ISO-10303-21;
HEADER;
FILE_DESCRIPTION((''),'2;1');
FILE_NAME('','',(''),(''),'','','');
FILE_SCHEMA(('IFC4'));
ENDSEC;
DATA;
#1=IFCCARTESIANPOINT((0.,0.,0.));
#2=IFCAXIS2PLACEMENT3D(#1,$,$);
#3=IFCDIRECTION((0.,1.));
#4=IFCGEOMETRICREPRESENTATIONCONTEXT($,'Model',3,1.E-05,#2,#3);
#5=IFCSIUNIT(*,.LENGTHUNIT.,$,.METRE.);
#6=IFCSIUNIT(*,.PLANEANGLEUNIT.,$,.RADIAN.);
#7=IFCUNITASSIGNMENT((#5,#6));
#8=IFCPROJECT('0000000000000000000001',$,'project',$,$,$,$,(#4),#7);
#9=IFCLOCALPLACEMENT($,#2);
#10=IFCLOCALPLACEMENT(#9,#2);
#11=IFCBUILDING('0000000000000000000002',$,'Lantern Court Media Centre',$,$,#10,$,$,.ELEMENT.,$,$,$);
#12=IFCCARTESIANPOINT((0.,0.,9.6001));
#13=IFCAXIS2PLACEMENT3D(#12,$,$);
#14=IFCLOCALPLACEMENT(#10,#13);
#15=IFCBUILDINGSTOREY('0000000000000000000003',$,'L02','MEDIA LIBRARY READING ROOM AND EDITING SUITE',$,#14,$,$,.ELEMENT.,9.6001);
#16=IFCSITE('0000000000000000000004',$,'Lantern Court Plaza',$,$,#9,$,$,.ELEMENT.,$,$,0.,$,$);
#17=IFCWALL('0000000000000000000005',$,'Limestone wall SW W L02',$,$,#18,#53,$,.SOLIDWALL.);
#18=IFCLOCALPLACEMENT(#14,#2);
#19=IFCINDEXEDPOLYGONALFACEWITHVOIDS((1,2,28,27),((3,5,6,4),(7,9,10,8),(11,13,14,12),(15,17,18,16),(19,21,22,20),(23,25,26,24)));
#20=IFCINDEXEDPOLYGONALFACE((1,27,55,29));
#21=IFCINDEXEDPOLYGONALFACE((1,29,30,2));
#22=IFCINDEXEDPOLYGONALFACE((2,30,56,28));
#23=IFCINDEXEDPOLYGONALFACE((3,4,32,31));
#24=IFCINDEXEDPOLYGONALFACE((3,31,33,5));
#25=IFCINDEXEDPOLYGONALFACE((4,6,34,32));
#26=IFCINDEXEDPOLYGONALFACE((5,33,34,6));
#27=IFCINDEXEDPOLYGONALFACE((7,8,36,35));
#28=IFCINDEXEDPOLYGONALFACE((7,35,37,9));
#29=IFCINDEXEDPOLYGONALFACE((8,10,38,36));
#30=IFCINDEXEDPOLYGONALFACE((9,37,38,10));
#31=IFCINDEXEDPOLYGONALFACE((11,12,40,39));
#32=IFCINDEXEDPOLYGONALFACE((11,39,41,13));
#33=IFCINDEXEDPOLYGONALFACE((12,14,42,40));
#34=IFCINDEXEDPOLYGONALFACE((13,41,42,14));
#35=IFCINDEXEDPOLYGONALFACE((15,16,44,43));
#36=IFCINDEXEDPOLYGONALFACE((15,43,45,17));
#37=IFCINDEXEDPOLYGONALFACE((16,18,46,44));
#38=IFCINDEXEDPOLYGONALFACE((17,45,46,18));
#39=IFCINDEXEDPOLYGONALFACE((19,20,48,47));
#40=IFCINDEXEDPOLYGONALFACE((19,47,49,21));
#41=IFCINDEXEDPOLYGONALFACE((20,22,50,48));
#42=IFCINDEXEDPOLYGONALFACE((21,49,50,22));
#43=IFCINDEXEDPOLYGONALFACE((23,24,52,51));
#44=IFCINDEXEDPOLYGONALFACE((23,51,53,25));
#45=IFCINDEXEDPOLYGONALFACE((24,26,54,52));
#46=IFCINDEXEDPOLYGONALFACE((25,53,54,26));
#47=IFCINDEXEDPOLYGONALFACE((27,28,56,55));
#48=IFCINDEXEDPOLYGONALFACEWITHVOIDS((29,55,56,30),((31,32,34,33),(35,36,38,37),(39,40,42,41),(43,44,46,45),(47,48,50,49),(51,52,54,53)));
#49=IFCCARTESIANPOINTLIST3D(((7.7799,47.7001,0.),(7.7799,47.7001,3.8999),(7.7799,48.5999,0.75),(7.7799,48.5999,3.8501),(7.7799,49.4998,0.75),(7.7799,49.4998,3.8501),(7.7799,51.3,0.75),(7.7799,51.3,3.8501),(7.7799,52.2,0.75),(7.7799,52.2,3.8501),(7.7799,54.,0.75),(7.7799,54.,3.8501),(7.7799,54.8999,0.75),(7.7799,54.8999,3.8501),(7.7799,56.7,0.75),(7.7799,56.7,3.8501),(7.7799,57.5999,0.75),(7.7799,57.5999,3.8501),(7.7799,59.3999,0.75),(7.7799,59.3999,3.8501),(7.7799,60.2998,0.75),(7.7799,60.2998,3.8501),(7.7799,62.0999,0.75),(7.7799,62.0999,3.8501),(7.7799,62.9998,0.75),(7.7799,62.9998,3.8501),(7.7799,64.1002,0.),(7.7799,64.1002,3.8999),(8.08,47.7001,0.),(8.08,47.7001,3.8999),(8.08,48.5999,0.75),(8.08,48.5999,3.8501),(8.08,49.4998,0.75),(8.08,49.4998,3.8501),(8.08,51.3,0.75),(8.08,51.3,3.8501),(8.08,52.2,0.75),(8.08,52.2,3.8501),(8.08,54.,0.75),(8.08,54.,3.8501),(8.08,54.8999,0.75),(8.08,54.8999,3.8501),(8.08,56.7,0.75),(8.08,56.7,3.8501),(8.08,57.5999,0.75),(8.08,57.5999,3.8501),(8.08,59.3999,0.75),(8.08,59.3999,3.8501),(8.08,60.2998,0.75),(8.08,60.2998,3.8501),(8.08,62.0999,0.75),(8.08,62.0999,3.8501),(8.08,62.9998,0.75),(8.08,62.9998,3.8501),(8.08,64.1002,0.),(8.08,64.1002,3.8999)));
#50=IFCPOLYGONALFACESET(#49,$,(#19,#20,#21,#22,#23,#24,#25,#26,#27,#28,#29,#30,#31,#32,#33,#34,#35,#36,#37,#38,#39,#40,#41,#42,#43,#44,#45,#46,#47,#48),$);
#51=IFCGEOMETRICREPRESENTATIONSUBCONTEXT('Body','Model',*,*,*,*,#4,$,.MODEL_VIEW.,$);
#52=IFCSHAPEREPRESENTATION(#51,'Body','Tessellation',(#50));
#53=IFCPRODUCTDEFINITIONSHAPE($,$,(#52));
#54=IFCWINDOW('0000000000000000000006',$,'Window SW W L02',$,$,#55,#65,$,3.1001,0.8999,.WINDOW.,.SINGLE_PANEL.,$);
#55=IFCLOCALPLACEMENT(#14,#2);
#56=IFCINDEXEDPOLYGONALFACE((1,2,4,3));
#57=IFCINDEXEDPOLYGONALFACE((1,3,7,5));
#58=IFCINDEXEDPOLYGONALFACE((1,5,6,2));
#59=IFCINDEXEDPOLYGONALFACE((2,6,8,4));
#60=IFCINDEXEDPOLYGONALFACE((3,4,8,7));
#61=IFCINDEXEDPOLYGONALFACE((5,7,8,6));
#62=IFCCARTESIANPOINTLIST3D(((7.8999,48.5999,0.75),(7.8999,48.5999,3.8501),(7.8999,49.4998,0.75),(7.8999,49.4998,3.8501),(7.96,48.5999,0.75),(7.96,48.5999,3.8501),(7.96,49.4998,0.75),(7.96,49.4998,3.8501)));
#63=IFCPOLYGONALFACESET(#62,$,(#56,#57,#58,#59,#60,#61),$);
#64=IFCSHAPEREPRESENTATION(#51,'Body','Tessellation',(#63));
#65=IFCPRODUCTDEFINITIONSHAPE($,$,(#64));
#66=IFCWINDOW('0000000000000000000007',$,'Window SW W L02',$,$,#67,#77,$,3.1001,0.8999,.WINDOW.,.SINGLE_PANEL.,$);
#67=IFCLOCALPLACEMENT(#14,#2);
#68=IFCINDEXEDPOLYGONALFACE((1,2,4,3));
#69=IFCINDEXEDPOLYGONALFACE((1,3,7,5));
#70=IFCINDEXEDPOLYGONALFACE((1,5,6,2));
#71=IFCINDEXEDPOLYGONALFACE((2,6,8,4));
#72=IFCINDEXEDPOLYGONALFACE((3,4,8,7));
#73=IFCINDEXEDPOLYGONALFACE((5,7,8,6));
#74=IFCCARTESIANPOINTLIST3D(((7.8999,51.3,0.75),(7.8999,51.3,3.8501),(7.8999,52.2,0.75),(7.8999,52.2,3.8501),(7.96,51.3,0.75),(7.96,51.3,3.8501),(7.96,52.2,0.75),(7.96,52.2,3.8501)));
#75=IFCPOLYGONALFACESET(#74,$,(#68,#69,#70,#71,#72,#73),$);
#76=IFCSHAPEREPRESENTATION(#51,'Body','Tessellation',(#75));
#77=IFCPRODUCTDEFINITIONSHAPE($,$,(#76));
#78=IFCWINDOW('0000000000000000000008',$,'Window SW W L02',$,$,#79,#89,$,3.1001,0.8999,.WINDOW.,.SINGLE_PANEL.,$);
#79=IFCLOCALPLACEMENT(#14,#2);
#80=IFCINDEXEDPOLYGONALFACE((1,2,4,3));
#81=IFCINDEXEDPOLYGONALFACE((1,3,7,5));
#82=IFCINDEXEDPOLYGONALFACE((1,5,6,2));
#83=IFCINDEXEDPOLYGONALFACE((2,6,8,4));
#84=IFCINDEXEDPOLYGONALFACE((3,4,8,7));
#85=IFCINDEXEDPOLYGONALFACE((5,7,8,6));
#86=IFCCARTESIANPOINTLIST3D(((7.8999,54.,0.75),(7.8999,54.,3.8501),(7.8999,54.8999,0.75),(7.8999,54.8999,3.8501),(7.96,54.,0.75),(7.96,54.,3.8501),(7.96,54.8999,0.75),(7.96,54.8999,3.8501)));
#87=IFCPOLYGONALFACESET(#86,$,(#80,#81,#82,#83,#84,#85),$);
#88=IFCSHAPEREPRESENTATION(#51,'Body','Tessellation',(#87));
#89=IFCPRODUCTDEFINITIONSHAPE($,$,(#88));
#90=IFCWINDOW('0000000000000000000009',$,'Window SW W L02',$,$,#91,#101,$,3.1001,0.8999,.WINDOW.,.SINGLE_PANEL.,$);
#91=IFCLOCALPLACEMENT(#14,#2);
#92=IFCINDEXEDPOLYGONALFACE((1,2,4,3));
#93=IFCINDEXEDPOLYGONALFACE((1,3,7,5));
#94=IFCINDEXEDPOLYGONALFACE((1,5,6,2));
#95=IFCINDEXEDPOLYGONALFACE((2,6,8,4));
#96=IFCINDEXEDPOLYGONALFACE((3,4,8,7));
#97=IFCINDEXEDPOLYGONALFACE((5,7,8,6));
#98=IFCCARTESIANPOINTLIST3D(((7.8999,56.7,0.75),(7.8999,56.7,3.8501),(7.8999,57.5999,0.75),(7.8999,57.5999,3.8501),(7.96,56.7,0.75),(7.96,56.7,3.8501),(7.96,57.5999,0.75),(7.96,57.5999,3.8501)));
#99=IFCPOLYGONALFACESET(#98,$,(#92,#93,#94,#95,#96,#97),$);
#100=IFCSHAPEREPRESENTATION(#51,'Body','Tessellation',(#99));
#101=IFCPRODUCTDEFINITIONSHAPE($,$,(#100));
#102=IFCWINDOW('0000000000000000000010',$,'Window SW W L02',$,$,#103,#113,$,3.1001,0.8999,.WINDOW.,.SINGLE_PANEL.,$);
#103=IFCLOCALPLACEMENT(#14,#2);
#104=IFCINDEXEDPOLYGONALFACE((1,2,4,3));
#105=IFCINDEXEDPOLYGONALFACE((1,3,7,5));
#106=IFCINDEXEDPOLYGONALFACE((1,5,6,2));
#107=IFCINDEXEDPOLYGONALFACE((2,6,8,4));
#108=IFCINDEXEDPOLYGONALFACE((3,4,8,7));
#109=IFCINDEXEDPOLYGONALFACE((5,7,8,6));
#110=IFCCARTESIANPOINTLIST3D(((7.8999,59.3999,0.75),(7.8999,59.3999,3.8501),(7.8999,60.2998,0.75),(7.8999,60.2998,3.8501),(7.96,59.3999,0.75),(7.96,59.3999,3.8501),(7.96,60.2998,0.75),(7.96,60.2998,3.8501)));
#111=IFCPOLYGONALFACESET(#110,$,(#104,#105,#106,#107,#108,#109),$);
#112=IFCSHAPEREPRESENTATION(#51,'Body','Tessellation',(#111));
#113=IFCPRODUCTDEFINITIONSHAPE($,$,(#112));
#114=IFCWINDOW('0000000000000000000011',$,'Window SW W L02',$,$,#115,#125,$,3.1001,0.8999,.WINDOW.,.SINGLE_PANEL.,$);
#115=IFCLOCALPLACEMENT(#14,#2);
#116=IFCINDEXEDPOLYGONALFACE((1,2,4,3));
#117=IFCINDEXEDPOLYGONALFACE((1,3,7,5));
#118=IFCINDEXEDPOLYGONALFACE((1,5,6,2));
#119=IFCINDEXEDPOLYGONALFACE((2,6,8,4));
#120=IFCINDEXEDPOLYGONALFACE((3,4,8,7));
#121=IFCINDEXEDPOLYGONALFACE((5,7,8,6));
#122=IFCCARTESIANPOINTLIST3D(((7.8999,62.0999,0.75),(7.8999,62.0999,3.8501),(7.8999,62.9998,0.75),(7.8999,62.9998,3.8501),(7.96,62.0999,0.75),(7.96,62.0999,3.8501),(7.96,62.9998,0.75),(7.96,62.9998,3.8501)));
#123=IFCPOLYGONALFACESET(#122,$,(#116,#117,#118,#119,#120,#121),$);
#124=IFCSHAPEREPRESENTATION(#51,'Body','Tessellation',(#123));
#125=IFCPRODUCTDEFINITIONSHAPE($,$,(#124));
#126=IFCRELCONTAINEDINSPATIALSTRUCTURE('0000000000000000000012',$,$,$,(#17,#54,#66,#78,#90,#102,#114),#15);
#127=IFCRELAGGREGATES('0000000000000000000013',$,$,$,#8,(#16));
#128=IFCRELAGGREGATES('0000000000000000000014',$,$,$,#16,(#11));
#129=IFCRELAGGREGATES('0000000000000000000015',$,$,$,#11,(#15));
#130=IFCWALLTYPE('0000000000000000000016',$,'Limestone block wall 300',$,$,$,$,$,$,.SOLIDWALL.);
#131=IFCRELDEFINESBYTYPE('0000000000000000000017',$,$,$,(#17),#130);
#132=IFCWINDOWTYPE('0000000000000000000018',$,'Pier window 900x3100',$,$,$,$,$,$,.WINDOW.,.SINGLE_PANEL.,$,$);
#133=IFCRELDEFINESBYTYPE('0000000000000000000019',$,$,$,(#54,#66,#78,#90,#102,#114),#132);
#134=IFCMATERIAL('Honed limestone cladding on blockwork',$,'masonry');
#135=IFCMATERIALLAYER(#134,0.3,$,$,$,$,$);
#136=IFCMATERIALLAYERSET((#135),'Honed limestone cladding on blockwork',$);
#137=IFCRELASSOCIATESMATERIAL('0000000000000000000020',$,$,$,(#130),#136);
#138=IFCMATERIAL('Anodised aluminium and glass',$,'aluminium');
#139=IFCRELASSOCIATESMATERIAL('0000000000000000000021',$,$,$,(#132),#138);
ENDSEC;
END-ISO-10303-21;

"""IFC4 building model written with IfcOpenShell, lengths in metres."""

from ifc_helpers import new_model, si_unit, direction, frame, frame_2d, origin, place, context, subcontext, project, spatial, rectangle, extrude, material, layer, layer_set, type_object, element, fill, save


model = new_model("IFC4")

# Units and contexts
model_context = context("Model", 3, precision=1e-05, world=origin(), true_north=direction((0.0, 1.0)))
body_context = subcontext(model_context, "Body", "Model", "MODEL_VIEW")
ifc_project = project(units=[si_unit("LENGTHUNIT", "METRE"), si_unit("PLANEANGLEUNIT", "RADIAN")], contexts=[model_context])

# Site, building, storey
site_placement = place(None, origin())
site = spatial("IfcSite", under=ifc_project, at=site_placement, Name="Lantern Court Plaza", CompositionType="ELEMENT", RefElevation=0.0)
building_placement = place(site_placement, origin())
building = spatial("IfcBuilding", under=site, at=building_placement, Name="Lantern Court Media Centre", CompositionType="ELEMENT")
storey_placement = place(building_placement, frame((0.0, 0.0, 9.6001)))
storey = spatial("IfcBuildingStorey", under=building, at=storey_placement, Name="L02", Description="MEDIA LIBRARY READING ROOM AND EDITING SUITE", CompositionType="ELEMENT", Elevation=9.6001)

# Wall, openings, windows
ifc_material_1 = material(Name="Honed limestone cladding on blockwork", Category="masonry")
ifc_layer_1 = layer(ifc_material_1, 0.3)
ifc_layer_set_1 = layer_set([ifc_layer_1], Name="Honed limestone cladding on blockwork")
wall_type_1 = type_object("IfcWallType", Name="Limestone block wall 300", PredefinedType="SOLIDWALL", material=ifc_layer_set_1)
wall_1_placement = place(storey_placement, frame((7.9299, 47.7, 0.0), z_axis=(0.0, 0.0, 1.0), x_axis=(0.0, 1.0, 0.0)))
wall_1 = element("IfcWall", 1, at=wall_1_placement, inside=storey, type_object=wall_type_1, Name="Limestone wall SW W L02", PredefinedType="SOLIDWALL", context=body_context, shape_type="SweptSolid", body=[
    extrude(rectangle(XDim=16.4001, YDim=0.3, at=frame_2d((8.2002, 0.0))), origin(), (0.0, 0.0, 1.0), 3.8999),
])
opening_1_placement = place(wall_1_placement, frame((0.8999, 0.0, 0.75)))
opening_1 = element("IfcOpeningElement", 2, at=opening_1_placement, cuts=wall_1, PredefinedType="OPENING", context=body_context, shape_type="SweptSolid", body=[
    extrude(rectangle(XDim=0.8999, YDim=3.1001, at=frame_2d((0.45, 1.55))), frame((0.0, 0.1599, 0.0), z_axis=(0.0, -1.0, 0.0), x_axis=(1.0, 0.0, 0.0)), (0.0, 0.0, 1.0), 0.3201),
])
opening_2_placement = place(wall_1_placement, frame((3.6001, 0.0, 0.75)))
opening_2 = element("IfcOpeningElement", 3, at=opening_2_placement, cuts=wall_1, PredefinedType="OPENING", context=body_context, shape_type="SweptSolid", body=[
    extrude(rectangle(XDim=0.8999, YDim=3.1001, at=frame_2d((0.45, 1.55))), frame((0.0, 0.1599, 0.0), z_axis=(0.0, -1.0, 0.0), x_axis=(1.0, 0.0, 0.0)), (0.0, 0.0, 1.0), 0.3201),
])
opening_3_placement = place(wall_1_placement, frame((6.3, 0.0, 0.75)))
opening_3 = element("IfcOpeningElement", 4, at=opening_3_placement, cuts=wall_1, PredefinedType="OPENING", context=body_context, shape_type="SweptSolid", body=[
    extrude(rectangle(XDim=0.8999, YDim=3.1001, at=frame_2d((0.45, 1.55))), frame((0.0, 0.1599, 0.0), z_axis=(0.0, -1.0, 0.0), x_axis=(1.0, 0.0, 0.0)), (0.0, 0.0, 1.0), 0.3201),
])
opening_4_placement = place(wall_1_placement, frame((9.0, 0.0, 0.75)))
opening_4 = element("IfcOpeningElement", 5, at=opening_4_placement, cuts=wall_1, PredefinedType="OPENING", context=body_context, shape_type="SweptSolid", body=[
    extrude(rectangle(XDim=0.8999, YDim=3.1001, at=frame_2d((0.45, 1.55))), frame((0.0, 0.1599, 0.0), z_axis=(0.0, -1.0, 0.0), x_axis=(1.0, 0.0, 0.0)), (0.0, 0.0, 1.0), 0.3201),
])
opening_5_placement = place(wall_1_placement, frame((11.7, 0.0, 0.75)))
opening_5 = element("IfcOpeningElement", 6, at=opening_5_placement, cuts=wall_1, PredefinedType="OPENING", context=body_context, shape_type="SweptSolid", body=[
    extrude(rectangle(XDim=0.8999, YDim=3.1001, at=frame_2d((0.45, 1.55))), frame((0.0, 0.1599, 0.0), z_axis=(0.0, -1.0, 0.0), x_axis=(1.0, 0.0, 0.0)), (0.0, 0.0, 1.0), 0.3201),
])
opening_6_placement = place(wall_1_placement, frame((14.3999, 0.0, 0.75)))
opening_6 = element("IfcOpeningElement", 7, at=opening_6_placement, cuts=wall_1, PredefinedType="OPENING", context=body_context, shape_type="SweptSolid", body=[
    extrude(rectangle(XDim=0.8999, YDim=3.1001, at=frame_2d((0.45, 1.55))), frame((0.0, 0.1599, 0.0), z_axis=(0.0, -1.0, 0.0), x_axis=(1.0, 0.0, 0.0)), (0.0, 0.0, 1.0), 0.3201),
])
ifc_material_2 = material(Name="Anodised aluminium and glass", Category="aluminium")
window_type_1 = type_object("IfcWindowType", Name="Pier window 900x3100", PartitioningType="SINGLE_PANEL", PredefinedType="WINDOW", material=ifc_material_2)
window_1_placement = place(opening_1_placement, origin())
window_1 = element("IfcWindow", 8, at=window_1_placement, inside=storey, type_object=window_type_1, Name="Window SW W L02", OverallHeight=3.1001, OverallWidth=0.8999, PartitioningType="SINGLE_PANEL", PredefinedType="WINDOW", context=body_context, shape_type="SweptSolid", body=[
    extrude(rectangle(XDim=0.8999, YDim=3.1001, at=frame_2d((0.45, 1.55))), frame((0.0, 0.03, 0.0), z_axis=(0.0, -1.0, 0.0), x_axis=(1.0, 0.0, 0.0)), (0.0, 0.0, 1.0), 0.0601),
])
fill(opening_1, window_1)
window_2_placement = place(opening_2_placement, origin())
window_2 = element("IfcWindow", 9, at=window_2_placement, inside=storey, type_object=window_type_1, Name="Window SW W L02", OverallHeight=3.1001, OverallWidth=0.8999, PartitioningType="SINGLE_PANEL", PredefinedType="WINDOW", context=body_context, shape_type="SweptSolid", body=[
    extrude(rectangle(XDim=0.8999, YDim=3.1001, at=frame_2d((0.45, 1.55))), frame((0.0, 0.03, 0.0), z_axis=(0.0, -1.0, 0.0), x_axis=(1.0, 0.0, 0.0)), (0.0, 0.0, 1.0), 0.0601),
])
fill(opening_2, window_2)
window_3_placement = place(opening_3_placement, origin())
window_3 = element("IfcWindow", 10, at=window_3_placement, inside=storey, type_object=window_type_1, Name="Window SW W L02", OverallHeight=3.1001, OverallWidth=0.8999, PartitioningType="SINGLE_PANEL", PredefinedType="WINDOW", context=body_context, shape_type="SweptSolid", body=[
    extrude(rectangle(XDim=0.8999, YDim=3.1001, at=frame_2d((0.45, 1.55))), frame((0.0, 0.03, 0.0), z_axis=(0.0, -1.0, 0.0), x_axis=(1.0, 0.0, 0.0)), (0.0, 0.0, 1.0), 0.0601),
])
fill(opening_3, window_3)
window_4_placement = place(opening_4_placement, origin())
window_4 = element("IfcWindow", 11, at=window_4_placement, inside=storey, type_object=window_type_1, Name="Window SW W L02", OverallHeight=3.1001, OverallWidth=0.8999, PartitioningType="SINGLE_PANEL", PredefinedType="WINDOW", context=body_context, shape_type="SweptSolid", body=[
    extrude(rectangle(XDim=0.8999, YDim=3.1001, at=frame_2d((0.45, 1.55))), frame((0.0, 0.03, 0.0), z_axis=(0.0, -1.0, 0.0), x_axis=(1.0, 0.0, 0.0)), (0.0, 0.0, 1.0), 0.0601),
])
fill(opening_4, window_4)
window_5_placement = place(opening_5_placement, origin())
window_5 = element("IfcWindow", 12, at=window_5_placement, inside=storey, type_object=window_type_1, Name="Window SW W L02", OverallHeight=3.1001, OverallWidth=0.8999, PartitioningType="SINGLE_PANEL", PredefinedType="WINDOW", context=body_context, shape_type="SweptSolid", body=[
    extrude(rectangle(XDim=0.8999, YDim=3.1001, at=frame_2d((0.45, 1.55))), frame((0.0, 0.03, 0.0), z_axis=(0.0, -1.0, 0.0), x_axis=(1.0, 0.0, 0.0)), (0.0, 0.0, 1.0), 0.0601),
])
fill(opening_5, window_5)
window_6_placement = place(opening_6_placement, origin())
window_6 = element("IfcWindow", 13, at=window_6_placement, inside=storey, type_object=window_type_1, Name="Window SW W L02", OverallHeight=3.1001, OverallWidth=0.8999, PartitioningType="SINGLE_PANEL", PredefinedType="WINDOW", context=body_context, shape_type="SweptSolid", body=[
    extrude(rectangle(XDim=0.8999, YDim=3.1001, at=frame_2d((0.45, 1.55))), frame((0.0, 0.03, 0.0), z_axis=(0.0, -1.0, 0.0), x_axis=(1.0, 0.0, 0.0)), (0.0, 0.0, 1.0), 0.0601),
])
fill(opening_6, window_6)

save(model, "model.ifc")
